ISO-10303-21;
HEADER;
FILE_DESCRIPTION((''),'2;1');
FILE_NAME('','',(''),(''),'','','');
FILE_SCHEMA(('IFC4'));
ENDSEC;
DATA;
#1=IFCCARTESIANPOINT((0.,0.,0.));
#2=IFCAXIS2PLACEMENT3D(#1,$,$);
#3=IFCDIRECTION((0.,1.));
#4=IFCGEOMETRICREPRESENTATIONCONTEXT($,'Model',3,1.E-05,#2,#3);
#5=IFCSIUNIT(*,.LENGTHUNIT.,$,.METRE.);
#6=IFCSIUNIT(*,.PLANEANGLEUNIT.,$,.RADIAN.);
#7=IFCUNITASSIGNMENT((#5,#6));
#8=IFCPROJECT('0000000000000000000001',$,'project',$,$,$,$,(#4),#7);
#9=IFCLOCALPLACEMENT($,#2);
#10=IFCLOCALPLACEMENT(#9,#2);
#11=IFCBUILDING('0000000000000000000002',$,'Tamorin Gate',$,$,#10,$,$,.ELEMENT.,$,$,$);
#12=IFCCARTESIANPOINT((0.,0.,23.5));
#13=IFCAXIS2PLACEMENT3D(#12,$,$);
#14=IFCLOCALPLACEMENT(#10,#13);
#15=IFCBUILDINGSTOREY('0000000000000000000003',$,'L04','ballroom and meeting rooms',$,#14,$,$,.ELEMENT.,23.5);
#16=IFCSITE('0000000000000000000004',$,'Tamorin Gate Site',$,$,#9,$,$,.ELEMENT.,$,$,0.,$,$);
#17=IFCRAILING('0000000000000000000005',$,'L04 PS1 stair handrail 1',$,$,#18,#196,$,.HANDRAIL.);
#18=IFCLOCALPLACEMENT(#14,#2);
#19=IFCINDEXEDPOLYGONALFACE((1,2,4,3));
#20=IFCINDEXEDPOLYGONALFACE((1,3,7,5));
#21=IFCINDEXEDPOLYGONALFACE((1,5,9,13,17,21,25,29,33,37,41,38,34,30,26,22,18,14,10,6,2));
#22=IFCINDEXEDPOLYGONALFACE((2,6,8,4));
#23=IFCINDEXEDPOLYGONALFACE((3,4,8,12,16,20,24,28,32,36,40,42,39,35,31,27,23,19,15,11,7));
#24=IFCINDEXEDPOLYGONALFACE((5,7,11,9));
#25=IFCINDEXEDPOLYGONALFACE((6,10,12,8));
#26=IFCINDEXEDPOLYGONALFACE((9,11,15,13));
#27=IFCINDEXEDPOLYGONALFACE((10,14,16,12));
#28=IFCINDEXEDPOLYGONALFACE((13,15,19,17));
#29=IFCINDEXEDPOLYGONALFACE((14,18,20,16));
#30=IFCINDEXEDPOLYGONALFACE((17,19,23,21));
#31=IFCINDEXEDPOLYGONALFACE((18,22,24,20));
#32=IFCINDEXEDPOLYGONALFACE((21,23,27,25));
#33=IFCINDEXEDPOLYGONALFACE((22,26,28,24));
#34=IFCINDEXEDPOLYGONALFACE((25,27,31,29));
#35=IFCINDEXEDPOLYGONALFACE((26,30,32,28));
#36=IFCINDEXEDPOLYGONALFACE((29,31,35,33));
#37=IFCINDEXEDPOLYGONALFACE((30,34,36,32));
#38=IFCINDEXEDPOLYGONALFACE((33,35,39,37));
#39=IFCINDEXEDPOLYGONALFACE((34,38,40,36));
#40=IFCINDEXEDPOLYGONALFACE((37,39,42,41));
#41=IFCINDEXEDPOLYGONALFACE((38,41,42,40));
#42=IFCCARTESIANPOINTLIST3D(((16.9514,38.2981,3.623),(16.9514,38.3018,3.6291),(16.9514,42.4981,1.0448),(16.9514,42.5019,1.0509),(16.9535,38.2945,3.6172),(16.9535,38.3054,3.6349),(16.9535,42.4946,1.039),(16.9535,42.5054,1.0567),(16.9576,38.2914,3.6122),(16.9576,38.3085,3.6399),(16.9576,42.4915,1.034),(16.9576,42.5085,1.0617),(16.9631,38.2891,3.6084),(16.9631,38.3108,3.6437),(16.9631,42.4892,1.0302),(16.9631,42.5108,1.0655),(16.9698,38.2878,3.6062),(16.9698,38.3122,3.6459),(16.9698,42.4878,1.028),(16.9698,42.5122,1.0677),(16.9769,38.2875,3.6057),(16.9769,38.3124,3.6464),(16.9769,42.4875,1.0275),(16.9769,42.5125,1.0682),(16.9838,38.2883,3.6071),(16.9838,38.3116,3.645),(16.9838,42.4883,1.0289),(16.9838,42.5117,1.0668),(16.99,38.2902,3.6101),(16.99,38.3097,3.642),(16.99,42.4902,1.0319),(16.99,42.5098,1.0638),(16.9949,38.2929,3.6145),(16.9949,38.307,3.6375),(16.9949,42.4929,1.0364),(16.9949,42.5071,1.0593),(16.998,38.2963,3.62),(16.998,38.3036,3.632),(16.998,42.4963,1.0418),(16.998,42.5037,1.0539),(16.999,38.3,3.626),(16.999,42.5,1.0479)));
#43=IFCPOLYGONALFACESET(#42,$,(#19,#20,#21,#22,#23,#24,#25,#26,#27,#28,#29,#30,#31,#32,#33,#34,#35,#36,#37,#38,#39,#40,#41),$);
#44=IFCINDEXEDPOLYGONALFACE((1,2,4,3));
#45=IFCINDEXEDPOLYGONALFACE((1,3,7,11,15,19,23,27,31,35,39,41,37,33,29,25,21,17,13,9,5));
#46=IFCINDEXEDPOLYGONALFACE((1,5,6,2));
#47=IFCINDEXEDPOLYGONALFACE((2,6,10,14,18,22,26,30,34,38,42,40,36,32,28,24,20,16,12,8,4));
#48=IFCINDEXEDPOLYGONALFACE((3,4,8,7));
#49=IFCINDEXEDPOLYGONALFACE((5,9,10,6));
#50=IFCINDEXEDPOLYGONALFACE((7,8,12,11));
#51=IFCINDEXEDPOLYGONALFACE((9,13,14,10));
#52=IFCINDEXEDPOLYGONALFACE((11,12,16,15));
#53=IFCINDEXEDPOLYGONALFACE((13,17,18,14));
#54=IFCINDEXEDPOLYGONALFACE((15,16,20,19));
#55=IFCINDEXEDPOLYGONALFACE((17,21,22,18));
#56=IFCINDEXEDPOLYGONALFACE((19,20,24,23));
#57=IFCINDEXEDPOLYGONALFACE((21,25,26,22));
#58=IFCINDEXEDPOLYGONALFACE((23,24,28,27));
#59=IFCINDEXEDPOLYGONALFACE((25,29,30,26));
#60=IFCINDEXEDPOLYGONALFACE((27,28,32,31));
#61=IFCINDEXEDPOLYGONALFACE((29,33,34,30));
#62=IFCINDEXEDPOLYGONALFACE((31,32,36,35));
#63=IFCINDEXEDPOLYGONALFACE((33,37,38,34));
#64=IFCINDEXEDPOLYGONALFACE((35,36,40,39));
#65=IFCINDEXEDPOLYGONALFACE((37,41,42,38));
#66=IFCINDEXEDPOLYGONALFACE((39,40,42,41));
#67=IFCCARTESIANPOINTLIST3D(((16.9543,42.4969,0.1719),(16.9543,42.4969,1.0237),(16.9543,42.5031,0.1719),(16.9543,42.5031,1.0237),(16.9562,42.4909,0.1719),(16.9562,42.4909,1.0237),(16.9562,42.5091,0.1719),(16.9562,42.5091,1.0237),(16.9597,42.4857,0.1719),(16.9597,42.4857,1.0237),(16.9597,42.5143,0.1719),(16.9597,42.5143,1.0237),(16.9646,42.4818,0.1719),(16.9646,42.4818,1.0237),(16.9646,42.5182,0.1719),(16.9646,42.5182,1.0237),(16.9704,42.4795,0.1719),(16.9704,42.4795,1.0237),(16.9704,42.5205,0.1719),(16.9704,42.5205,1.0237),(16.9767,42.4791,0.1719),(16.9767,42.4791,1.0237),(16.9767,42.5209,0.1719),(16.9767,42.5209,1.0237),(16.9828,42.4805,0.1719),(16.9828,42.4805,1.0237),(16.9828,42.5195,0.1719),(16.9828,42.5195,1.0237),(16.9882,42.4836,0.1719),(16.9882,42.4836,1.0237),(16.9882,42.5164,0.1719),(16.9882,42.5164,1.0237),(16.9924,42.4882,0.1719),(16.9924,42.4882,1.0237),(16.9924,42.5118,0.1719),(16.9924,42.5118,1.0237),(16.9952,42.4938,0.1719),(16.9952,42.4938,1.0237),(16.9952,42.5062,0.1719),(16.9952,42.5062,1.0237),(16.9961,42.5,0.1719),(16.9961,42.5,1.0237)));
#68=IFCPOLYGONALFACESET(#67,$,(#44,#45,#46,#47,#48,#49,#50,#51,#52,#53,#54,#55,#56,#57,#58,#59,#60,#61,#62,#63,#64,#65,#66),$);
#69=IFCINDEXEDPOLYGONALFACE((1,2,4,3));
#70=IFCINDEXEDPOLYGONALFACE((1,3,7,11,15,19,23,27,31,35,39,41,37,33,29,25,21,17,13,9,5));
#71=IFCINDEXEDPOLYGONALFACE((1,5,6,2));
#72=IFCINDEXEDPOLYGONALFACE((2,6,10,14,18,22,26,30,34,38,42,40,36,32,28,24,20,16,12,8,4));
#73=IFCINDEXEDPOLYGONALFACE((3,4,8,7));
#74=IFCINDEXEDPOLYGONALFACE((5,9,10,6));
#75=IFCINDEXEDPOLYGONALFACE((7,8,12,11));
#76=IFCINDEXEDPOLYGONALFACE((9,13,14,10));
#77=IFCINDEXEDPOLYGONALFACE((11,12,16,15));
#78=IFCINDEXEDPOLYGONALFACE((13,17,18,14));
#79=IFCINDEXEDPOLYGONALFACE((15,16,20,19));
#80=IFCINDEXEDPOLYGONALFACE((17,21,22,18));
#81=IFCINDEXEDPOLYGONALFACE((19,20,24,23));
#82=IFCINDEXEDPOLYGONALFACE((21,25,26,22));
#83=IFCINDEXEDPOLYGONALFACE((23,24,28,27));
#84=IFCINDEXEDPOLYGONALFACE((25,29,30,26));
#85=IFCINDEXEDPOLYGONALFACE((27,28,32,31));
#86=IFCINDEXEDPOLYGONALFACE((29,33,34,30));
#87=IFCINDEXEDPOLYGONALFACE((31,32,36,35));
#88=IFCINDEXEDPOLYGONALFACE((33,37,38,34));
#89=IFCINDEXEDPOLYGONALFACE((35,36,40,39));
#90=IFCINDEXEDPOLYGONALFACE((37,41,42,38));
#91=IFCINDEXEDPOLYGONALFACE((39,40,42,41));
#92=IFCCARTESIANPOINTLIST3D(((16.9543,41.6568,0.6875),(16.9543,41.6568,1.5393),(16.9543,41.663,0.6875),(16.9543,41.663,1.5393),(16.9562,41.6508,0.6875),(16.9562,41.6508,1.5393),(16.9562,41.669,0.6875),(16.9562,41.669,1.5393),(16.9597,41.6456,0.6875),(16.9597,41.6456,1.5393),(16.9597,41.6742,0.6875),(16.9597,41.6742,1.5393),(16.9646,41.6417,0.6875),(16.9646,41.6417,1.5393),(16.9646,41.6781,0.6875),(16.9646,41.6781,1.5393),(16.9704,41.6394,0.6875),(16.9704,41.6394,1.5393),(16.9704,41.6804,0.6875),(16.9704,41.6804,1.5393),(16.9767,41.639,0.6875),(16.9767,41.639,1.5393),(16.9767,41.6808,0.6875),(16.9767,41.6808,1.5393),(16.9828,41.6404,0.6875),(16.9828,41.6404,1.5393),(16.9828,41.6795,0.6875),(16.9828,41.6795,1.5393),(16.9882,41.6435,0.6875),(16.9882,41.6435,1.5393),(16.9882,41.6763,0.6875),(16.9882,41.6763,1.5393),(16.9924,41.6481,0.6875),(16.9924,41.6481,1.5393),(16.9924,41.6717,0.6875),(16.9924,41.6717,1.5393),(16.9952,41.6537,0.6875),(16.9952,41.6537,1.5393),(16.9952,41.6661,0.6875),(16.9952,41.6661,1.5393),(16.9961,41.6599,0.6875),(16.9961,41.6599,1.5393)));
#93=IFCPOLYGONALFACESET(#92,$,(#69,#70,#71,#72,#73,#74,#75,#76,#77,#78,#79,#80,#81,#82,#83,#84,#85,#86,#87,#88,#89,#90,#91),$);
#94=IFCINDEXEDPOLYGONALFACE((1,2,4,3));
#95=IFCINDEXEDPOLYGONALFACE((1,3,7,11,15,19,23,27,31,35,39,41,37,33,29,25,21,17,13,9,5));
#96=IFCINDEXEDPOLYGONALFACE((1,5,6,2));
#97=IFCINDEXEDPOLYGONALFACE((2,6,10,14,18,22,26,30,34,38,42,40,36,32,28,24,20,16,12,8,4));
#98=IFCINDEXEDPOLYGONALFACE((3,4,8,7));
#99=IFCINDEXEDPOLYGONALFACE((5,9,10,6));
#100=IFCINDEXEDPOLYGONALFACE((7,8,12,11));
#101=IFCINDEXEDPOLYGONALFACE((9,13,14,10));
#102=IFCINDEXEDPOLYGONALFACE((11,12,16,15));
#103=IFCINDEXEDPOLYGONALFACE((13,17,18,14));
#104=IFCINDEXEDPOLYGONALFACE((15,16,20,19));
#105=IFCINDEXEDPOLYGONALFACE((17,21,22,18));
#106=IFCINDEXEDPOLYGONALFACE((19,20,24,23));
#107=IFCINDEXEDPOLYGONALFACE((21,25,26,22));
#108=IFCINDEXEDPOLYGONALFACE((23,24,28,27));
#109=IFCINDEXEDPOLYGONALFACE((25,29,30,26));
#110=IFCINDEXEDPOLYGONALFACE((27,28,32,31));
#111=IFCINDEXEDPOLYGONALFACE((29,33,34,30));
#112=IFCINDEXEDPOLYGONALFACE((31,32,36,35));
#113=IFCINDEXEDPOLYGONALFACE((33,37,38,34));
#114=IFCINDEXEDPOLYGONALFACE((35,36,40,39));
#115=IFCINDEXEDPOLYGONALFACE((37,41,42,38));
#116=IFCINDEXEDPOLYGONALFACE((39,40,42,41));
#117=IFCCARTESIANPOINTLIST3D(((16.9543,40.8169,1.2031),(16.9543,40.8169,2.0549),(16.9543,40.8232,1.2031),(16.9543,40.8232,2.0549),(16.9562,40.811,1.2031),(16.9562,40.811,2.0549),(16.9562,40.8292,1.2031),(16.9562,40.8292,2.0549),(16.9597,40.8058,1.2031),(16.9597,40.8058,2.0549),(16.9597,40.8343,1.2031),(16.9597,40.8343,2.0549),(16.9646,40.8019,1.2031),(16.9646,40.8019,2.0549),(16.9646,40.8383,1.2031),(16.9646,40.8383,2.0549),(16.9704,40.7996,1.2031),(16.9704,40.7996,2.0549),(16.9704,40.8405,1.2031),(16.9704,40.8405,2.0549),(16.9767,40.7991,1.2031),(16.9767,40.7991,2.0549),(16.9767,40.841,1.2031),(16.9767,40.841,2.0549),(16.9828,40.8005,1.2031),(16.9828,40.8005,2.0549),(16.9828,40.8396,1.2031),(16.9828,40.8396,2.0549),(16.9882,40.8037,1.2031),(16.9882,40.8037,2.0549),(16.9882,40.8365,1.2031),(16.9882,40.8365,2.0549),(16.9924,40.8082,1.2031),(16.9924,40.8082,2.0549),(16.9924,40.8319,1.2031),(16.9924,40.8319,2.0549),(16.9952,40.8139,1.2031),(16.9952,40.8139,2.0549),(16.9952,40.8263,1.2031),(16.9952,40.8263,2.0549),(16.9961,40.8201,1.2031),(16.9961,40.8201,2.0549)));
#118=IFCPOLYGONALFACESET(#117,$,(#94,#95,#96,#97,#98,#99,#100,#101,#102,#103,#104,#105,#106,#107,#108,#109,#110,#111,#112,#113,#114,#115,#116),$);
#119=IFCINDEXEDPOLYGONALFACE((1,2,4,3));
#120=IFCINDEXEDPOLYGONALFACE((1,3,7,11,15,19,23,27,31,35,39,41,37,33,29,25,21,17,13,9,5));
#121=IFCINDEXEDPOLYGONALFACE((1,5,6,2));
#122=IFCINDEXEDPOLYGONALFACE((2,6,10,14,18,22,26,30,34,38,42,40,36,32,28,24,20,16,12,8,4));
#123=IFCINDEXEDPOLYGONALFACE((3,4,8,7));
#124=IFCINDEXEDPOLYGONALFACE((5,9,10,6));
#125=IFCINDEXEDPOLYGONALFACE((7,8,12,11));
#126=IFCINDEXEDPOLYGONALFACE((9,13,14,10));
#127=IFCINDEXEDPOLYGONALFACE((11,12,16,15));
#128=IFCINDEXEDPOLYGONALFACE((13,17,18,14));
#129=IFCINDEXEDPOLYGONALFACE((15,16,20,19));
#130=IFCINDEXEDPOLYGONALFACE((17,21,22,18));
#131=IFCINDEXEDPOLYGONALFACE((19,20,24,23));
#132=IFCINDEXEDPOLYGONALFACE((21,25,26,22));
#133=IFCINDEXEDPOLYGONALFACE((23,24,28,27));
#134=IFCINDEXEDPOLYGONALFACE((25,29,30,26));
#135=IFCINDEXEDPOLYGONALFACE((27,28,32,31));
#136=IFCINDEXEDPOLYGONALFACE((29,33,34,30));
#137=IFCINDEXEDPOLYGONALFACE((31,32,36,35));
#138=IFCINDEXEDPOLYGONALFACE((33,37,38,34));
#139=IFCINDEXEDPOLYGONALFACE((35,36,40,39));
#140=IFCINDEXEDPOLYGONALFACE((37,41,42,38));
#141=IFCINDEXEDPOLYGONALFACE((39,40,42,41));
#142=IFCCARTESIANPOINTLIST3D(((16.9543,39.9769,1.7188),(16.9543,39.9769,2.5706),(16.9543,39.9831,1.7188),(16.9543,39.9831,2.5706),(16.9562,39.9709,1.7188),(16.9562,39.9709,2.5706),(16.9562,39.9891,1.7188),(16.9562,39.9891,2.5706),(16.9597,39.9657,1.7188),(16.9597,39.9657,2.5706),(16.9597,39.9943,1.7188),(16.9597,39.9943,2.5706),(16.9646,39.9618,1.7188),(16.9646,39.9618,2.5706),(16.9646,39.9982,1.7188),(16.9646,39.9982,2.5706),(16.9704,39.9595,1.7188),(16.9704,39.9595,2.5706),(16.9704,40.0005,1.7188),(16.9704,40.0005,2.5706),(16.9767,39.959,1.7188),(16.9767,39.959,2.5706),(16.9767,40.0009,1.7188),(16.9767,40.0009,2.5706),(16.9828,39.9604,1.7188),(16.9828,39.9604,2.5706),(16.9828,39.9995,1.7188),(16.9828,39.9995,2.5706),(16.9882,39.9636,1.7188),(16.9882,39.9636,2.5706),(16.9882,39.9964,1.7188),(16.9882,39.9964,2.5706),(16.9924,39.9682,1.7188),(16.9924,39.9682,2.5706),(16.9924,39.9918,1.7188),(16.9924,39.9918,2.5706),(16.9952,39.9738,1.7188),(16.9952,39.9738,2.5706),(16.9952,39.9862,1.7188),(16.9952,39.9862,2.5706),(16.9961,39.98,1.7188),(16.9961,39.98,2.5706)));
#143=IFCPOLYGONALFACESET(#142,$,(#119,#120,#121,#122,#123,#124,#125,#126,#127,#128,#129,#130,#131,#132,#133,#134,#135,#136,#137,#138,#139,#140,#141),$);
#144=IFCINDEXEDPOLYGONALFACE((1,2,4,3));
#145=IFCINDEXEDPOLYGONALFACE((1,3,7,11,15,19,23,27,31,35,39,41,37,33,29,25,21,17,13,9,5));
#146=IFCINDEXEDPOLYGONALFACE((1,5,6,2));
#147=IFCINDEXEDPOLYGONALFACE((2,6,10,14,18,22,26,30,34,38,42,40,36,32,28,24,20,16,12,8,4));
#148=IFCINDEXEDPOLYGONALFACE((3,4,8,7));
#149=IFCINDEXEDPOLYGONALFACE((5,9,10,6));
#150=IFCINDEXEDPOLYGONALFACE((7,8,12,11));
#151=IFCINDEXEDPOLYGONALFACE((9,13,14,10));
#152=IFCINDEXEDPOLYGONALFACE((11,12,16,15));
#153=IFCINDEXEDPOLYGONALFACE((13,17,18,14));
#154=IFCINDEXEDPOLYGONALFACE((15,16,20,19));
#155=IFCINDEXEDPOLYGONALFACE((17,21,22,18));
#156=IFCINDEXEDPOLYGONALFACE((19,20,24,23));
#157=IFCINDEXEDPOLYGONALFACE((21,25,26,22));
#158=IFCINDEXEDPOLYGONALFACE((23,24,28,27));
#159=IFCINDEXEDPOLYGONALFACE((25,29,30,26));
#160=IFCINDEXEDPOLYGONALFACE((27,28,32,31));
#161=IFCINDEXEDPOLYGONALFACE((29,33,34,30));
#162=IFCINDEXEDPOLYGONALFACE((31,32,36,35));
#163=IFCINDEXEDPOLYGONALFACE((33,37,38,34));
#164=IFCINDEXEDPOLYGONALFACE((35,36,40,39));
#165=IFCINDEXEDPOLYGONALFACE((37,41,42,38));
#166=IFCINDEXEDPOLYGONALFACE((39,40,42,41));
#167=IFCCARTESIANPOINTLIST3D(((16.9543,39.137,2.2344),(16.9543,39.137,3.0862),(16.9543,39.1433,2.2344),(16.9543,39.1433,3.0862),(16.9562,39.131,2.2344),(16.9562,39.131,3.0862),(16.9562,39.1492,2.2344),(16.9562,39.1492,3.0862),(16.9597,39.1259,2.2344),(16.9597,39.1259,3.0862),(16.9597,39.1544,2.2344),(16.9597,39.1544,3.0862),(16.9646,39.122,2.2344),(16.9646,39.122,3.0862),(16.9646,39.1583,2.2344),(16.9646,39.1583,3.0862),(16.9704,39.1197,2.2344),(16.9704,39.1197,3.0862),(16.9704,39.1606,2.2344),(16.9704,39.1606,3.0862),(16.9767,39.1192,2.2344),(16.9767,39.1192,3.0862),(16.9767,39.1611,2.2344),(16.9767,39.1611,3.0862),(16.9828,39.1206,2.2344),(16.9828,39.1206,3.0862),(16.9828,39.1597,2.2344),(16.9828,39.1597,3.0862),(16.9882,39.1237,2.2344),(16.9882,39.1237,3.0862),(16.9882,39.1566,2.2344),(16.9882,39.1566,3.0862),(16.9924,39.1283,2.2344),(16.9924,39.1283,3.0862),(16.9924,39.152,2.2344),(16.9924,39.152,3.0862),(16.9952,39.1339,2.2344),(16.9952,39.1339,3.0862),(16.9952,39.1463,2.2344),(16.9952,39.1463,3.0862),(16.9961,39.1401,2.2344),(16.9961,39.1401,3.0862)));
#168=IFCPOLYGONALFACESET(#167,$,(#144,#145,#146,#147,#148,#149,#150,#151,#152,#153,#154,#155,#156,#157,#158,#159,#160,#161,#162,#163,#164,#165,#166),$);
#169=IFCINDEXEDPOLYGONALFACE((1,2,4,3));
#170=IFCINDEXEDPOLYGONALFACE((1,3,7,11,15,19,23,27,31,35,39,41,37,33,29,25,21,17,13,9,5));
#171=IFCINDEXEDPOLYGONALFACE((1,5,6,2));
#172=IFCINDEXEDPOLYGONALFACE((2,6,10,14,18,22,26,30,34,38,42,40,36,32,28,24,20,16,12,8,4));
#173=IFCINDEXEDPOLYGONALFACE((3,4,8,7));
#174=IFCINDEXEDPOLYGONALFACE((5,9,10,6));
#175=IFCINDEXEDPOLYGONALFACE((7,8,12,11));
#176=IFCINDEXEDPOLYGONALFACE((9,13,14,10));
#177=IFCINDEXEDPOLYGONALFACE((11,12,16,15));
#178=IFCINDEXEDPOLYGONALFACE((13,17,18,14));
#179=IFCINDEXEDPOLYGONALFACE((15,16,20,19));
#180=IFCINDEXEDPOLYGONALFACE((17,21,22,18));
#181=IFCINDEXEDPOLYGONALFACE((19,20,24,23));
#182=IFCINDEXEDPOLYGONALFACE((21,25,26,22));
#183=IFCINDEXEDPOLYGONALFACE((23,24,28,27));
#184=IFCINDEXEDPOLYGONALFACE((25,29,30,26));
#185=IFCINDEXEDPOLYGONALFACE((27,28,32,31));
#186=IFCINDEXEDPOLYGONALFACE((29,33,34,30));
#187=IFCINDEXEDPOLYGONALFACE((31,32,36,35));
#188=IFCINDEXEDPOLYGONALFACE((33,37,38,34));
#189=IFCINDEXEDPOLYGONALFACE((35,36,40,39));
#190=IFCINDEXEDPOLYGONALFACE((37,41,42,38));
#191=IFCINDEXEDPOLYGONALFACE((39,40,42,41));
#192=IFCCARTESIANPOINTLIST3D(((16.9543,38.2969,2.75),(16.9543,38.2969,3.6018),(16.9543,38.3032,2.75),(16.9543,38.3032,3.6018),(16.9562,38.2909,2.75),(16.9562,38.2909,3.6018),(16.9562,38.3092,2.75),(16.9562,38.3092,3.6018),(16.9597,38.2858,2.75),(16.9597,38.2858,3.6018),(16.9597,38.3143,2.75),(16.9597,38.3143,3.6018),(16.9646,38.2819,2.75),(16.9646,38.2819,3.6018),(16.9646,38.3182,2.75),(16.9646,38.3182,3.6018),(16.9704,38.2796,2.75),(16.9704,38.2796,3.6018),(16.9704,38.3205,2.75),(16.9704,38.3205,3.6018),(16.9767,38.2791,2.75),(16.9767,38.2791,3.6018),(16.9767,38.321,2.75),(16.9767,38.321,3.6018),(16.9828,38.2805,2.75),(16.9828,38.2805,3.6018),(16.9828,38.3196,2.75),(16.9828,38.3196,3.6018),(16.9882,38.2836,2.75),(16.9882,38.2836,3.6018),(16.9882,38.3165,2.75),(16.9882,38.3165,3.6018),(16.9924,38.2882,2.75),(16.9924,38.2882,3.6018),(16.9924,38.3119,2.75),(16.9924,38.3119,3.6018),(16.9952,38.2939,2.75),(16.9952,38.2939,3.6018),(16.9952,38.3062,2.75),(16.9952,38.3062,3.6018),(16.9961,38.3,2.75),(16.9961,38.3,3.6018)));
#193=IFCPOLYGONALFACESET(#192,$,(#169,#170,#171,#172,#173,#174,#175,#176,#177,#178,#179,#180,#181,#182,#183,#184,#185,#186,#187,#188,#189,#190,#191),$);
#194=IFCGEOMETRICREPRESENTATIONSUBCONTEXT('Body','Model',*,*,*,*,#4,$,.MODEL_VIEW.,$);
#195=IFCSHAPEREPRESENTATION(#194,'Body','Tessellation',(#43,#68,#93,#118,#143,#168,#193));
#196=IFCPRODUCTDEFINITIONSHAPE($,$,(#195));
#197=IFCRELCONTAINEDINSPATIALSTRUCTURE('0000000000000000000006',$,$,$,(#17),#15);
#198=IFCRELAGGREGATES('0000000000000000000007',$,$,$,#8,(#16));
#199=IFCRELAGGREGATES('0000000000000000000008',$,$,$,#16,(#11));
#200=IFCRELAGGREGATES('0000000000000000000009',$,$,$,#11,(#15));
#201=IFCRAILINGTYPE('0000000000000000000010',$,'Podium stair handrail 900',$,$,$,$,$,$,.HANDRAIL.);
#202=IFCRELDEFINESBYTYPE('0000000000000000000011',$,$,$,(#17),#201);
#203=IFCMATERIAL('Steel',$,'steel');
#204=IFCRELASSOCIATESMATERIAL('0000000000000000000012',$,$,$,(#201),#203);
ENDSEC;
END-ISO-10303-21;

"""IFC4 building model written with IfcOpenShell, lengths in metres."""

from ifc_helpers import new_model, si_unit, direction, frame, origin, origin_2d, place, context, subcontext, project, spatial, circle, extrude, material, type_object, element, save


model = new_model("IFC4")

# Units and contexts
model_context = context("Model", 3, precision=1e-05, world=origin(), true_north=direction((0.0, 1.0)))
body_context = subcontext(model_context, "Body", "Model", "MODEL_VIEW")
ifc_project = project(units=[si_unit("LENGTHUNIT", "METRE"), si_unit("PLANEANGLEUNIT", "RADIAN")], contexts=[model_context])

# Site, building, storey
site_placement = place(None, origin())
site = spatial("IfcSite", under=ifc_project, at=site_placement, Name="Tamorin Gate Site", CompositionType="ELEMENT", RefElevation=0.0)
building_placement = place(site_placement, origin())
building = spatial("IfcBuilding", under=site, at=building_placement, Name="Tamorin Gate", CompositionType="ELEMENT")
storey_placement = place(building_placement, frame((0.0, 0.0, 23.5)))
storey = spatial("IfcBuildingStorey", under=building, at=storey_placement, Name="L04", Description="ballroom and meeting rooms", CompositionType="ELEMENT", Elevation=23.5)

# Railing
ifc_material_1 = material(Name="Steel", Category="steel")
railing_type_1 = type_object("IfcRailingType", Name="Podium stair handrail 900", PredefinedType="HANDRAIL", material=ifc_material_1)
railing_1_placement = place(storey_placement, frame((16.9751, 42.5, 0.1719)))
element("IfcRailing", 1, at=railing_1_placement, inside=storey, type_object=railing_type_1, Name="L04 PS1 stair handrail 1", PredefinedType="HANDRAIL", context=body_context, shape_type="SweptSolid", body=[
    extrude(circle(Radius=0.0239, at=origin_2d()), frame((0.0, 0.0, 0.876), z_axis=(0.0, -0.852243, 0.523146), x_axis=(1.0, 0.0, 0.0)), (0.0, 0.0, 1.0), 4.9282),
    extrude(circle(Radius=0.021, at=origin_2d()), origin(), (0.0, 0.0, 1.0), 0.8518),
    extrude(circle(Radius=0.021, at=origin_2d()), frame((0.0, -0.8401, 0.5156)), (0.0, 0.0, 1.0), 0.8518),
    extrude(circle(Radius=0.021, at=origin_2d()), frame((0.0, -1.6799, 1.0312)), (0.0, 0.0, 1.0), 0.8518),
    extrude(circle(Radius=0.021, at=origin_2d()), frame((0.0, -2.52, 1.5469)), (0.0, 0.0, 1.0), 0.8518),
    extrude(circle(Radius=0.021, at=origin_2d()), frame((0.0, -3.3599, 2.0625)), (0.0, 0.0, 1.0), 0.8518),
    extrude(circle(Radius=0.021, at=origin_2d()), frame((0.0, -4.2, 2.5781)), (0.0, 0.0, 1.0), 0.8518),
])

save(model, "model.ifc")
